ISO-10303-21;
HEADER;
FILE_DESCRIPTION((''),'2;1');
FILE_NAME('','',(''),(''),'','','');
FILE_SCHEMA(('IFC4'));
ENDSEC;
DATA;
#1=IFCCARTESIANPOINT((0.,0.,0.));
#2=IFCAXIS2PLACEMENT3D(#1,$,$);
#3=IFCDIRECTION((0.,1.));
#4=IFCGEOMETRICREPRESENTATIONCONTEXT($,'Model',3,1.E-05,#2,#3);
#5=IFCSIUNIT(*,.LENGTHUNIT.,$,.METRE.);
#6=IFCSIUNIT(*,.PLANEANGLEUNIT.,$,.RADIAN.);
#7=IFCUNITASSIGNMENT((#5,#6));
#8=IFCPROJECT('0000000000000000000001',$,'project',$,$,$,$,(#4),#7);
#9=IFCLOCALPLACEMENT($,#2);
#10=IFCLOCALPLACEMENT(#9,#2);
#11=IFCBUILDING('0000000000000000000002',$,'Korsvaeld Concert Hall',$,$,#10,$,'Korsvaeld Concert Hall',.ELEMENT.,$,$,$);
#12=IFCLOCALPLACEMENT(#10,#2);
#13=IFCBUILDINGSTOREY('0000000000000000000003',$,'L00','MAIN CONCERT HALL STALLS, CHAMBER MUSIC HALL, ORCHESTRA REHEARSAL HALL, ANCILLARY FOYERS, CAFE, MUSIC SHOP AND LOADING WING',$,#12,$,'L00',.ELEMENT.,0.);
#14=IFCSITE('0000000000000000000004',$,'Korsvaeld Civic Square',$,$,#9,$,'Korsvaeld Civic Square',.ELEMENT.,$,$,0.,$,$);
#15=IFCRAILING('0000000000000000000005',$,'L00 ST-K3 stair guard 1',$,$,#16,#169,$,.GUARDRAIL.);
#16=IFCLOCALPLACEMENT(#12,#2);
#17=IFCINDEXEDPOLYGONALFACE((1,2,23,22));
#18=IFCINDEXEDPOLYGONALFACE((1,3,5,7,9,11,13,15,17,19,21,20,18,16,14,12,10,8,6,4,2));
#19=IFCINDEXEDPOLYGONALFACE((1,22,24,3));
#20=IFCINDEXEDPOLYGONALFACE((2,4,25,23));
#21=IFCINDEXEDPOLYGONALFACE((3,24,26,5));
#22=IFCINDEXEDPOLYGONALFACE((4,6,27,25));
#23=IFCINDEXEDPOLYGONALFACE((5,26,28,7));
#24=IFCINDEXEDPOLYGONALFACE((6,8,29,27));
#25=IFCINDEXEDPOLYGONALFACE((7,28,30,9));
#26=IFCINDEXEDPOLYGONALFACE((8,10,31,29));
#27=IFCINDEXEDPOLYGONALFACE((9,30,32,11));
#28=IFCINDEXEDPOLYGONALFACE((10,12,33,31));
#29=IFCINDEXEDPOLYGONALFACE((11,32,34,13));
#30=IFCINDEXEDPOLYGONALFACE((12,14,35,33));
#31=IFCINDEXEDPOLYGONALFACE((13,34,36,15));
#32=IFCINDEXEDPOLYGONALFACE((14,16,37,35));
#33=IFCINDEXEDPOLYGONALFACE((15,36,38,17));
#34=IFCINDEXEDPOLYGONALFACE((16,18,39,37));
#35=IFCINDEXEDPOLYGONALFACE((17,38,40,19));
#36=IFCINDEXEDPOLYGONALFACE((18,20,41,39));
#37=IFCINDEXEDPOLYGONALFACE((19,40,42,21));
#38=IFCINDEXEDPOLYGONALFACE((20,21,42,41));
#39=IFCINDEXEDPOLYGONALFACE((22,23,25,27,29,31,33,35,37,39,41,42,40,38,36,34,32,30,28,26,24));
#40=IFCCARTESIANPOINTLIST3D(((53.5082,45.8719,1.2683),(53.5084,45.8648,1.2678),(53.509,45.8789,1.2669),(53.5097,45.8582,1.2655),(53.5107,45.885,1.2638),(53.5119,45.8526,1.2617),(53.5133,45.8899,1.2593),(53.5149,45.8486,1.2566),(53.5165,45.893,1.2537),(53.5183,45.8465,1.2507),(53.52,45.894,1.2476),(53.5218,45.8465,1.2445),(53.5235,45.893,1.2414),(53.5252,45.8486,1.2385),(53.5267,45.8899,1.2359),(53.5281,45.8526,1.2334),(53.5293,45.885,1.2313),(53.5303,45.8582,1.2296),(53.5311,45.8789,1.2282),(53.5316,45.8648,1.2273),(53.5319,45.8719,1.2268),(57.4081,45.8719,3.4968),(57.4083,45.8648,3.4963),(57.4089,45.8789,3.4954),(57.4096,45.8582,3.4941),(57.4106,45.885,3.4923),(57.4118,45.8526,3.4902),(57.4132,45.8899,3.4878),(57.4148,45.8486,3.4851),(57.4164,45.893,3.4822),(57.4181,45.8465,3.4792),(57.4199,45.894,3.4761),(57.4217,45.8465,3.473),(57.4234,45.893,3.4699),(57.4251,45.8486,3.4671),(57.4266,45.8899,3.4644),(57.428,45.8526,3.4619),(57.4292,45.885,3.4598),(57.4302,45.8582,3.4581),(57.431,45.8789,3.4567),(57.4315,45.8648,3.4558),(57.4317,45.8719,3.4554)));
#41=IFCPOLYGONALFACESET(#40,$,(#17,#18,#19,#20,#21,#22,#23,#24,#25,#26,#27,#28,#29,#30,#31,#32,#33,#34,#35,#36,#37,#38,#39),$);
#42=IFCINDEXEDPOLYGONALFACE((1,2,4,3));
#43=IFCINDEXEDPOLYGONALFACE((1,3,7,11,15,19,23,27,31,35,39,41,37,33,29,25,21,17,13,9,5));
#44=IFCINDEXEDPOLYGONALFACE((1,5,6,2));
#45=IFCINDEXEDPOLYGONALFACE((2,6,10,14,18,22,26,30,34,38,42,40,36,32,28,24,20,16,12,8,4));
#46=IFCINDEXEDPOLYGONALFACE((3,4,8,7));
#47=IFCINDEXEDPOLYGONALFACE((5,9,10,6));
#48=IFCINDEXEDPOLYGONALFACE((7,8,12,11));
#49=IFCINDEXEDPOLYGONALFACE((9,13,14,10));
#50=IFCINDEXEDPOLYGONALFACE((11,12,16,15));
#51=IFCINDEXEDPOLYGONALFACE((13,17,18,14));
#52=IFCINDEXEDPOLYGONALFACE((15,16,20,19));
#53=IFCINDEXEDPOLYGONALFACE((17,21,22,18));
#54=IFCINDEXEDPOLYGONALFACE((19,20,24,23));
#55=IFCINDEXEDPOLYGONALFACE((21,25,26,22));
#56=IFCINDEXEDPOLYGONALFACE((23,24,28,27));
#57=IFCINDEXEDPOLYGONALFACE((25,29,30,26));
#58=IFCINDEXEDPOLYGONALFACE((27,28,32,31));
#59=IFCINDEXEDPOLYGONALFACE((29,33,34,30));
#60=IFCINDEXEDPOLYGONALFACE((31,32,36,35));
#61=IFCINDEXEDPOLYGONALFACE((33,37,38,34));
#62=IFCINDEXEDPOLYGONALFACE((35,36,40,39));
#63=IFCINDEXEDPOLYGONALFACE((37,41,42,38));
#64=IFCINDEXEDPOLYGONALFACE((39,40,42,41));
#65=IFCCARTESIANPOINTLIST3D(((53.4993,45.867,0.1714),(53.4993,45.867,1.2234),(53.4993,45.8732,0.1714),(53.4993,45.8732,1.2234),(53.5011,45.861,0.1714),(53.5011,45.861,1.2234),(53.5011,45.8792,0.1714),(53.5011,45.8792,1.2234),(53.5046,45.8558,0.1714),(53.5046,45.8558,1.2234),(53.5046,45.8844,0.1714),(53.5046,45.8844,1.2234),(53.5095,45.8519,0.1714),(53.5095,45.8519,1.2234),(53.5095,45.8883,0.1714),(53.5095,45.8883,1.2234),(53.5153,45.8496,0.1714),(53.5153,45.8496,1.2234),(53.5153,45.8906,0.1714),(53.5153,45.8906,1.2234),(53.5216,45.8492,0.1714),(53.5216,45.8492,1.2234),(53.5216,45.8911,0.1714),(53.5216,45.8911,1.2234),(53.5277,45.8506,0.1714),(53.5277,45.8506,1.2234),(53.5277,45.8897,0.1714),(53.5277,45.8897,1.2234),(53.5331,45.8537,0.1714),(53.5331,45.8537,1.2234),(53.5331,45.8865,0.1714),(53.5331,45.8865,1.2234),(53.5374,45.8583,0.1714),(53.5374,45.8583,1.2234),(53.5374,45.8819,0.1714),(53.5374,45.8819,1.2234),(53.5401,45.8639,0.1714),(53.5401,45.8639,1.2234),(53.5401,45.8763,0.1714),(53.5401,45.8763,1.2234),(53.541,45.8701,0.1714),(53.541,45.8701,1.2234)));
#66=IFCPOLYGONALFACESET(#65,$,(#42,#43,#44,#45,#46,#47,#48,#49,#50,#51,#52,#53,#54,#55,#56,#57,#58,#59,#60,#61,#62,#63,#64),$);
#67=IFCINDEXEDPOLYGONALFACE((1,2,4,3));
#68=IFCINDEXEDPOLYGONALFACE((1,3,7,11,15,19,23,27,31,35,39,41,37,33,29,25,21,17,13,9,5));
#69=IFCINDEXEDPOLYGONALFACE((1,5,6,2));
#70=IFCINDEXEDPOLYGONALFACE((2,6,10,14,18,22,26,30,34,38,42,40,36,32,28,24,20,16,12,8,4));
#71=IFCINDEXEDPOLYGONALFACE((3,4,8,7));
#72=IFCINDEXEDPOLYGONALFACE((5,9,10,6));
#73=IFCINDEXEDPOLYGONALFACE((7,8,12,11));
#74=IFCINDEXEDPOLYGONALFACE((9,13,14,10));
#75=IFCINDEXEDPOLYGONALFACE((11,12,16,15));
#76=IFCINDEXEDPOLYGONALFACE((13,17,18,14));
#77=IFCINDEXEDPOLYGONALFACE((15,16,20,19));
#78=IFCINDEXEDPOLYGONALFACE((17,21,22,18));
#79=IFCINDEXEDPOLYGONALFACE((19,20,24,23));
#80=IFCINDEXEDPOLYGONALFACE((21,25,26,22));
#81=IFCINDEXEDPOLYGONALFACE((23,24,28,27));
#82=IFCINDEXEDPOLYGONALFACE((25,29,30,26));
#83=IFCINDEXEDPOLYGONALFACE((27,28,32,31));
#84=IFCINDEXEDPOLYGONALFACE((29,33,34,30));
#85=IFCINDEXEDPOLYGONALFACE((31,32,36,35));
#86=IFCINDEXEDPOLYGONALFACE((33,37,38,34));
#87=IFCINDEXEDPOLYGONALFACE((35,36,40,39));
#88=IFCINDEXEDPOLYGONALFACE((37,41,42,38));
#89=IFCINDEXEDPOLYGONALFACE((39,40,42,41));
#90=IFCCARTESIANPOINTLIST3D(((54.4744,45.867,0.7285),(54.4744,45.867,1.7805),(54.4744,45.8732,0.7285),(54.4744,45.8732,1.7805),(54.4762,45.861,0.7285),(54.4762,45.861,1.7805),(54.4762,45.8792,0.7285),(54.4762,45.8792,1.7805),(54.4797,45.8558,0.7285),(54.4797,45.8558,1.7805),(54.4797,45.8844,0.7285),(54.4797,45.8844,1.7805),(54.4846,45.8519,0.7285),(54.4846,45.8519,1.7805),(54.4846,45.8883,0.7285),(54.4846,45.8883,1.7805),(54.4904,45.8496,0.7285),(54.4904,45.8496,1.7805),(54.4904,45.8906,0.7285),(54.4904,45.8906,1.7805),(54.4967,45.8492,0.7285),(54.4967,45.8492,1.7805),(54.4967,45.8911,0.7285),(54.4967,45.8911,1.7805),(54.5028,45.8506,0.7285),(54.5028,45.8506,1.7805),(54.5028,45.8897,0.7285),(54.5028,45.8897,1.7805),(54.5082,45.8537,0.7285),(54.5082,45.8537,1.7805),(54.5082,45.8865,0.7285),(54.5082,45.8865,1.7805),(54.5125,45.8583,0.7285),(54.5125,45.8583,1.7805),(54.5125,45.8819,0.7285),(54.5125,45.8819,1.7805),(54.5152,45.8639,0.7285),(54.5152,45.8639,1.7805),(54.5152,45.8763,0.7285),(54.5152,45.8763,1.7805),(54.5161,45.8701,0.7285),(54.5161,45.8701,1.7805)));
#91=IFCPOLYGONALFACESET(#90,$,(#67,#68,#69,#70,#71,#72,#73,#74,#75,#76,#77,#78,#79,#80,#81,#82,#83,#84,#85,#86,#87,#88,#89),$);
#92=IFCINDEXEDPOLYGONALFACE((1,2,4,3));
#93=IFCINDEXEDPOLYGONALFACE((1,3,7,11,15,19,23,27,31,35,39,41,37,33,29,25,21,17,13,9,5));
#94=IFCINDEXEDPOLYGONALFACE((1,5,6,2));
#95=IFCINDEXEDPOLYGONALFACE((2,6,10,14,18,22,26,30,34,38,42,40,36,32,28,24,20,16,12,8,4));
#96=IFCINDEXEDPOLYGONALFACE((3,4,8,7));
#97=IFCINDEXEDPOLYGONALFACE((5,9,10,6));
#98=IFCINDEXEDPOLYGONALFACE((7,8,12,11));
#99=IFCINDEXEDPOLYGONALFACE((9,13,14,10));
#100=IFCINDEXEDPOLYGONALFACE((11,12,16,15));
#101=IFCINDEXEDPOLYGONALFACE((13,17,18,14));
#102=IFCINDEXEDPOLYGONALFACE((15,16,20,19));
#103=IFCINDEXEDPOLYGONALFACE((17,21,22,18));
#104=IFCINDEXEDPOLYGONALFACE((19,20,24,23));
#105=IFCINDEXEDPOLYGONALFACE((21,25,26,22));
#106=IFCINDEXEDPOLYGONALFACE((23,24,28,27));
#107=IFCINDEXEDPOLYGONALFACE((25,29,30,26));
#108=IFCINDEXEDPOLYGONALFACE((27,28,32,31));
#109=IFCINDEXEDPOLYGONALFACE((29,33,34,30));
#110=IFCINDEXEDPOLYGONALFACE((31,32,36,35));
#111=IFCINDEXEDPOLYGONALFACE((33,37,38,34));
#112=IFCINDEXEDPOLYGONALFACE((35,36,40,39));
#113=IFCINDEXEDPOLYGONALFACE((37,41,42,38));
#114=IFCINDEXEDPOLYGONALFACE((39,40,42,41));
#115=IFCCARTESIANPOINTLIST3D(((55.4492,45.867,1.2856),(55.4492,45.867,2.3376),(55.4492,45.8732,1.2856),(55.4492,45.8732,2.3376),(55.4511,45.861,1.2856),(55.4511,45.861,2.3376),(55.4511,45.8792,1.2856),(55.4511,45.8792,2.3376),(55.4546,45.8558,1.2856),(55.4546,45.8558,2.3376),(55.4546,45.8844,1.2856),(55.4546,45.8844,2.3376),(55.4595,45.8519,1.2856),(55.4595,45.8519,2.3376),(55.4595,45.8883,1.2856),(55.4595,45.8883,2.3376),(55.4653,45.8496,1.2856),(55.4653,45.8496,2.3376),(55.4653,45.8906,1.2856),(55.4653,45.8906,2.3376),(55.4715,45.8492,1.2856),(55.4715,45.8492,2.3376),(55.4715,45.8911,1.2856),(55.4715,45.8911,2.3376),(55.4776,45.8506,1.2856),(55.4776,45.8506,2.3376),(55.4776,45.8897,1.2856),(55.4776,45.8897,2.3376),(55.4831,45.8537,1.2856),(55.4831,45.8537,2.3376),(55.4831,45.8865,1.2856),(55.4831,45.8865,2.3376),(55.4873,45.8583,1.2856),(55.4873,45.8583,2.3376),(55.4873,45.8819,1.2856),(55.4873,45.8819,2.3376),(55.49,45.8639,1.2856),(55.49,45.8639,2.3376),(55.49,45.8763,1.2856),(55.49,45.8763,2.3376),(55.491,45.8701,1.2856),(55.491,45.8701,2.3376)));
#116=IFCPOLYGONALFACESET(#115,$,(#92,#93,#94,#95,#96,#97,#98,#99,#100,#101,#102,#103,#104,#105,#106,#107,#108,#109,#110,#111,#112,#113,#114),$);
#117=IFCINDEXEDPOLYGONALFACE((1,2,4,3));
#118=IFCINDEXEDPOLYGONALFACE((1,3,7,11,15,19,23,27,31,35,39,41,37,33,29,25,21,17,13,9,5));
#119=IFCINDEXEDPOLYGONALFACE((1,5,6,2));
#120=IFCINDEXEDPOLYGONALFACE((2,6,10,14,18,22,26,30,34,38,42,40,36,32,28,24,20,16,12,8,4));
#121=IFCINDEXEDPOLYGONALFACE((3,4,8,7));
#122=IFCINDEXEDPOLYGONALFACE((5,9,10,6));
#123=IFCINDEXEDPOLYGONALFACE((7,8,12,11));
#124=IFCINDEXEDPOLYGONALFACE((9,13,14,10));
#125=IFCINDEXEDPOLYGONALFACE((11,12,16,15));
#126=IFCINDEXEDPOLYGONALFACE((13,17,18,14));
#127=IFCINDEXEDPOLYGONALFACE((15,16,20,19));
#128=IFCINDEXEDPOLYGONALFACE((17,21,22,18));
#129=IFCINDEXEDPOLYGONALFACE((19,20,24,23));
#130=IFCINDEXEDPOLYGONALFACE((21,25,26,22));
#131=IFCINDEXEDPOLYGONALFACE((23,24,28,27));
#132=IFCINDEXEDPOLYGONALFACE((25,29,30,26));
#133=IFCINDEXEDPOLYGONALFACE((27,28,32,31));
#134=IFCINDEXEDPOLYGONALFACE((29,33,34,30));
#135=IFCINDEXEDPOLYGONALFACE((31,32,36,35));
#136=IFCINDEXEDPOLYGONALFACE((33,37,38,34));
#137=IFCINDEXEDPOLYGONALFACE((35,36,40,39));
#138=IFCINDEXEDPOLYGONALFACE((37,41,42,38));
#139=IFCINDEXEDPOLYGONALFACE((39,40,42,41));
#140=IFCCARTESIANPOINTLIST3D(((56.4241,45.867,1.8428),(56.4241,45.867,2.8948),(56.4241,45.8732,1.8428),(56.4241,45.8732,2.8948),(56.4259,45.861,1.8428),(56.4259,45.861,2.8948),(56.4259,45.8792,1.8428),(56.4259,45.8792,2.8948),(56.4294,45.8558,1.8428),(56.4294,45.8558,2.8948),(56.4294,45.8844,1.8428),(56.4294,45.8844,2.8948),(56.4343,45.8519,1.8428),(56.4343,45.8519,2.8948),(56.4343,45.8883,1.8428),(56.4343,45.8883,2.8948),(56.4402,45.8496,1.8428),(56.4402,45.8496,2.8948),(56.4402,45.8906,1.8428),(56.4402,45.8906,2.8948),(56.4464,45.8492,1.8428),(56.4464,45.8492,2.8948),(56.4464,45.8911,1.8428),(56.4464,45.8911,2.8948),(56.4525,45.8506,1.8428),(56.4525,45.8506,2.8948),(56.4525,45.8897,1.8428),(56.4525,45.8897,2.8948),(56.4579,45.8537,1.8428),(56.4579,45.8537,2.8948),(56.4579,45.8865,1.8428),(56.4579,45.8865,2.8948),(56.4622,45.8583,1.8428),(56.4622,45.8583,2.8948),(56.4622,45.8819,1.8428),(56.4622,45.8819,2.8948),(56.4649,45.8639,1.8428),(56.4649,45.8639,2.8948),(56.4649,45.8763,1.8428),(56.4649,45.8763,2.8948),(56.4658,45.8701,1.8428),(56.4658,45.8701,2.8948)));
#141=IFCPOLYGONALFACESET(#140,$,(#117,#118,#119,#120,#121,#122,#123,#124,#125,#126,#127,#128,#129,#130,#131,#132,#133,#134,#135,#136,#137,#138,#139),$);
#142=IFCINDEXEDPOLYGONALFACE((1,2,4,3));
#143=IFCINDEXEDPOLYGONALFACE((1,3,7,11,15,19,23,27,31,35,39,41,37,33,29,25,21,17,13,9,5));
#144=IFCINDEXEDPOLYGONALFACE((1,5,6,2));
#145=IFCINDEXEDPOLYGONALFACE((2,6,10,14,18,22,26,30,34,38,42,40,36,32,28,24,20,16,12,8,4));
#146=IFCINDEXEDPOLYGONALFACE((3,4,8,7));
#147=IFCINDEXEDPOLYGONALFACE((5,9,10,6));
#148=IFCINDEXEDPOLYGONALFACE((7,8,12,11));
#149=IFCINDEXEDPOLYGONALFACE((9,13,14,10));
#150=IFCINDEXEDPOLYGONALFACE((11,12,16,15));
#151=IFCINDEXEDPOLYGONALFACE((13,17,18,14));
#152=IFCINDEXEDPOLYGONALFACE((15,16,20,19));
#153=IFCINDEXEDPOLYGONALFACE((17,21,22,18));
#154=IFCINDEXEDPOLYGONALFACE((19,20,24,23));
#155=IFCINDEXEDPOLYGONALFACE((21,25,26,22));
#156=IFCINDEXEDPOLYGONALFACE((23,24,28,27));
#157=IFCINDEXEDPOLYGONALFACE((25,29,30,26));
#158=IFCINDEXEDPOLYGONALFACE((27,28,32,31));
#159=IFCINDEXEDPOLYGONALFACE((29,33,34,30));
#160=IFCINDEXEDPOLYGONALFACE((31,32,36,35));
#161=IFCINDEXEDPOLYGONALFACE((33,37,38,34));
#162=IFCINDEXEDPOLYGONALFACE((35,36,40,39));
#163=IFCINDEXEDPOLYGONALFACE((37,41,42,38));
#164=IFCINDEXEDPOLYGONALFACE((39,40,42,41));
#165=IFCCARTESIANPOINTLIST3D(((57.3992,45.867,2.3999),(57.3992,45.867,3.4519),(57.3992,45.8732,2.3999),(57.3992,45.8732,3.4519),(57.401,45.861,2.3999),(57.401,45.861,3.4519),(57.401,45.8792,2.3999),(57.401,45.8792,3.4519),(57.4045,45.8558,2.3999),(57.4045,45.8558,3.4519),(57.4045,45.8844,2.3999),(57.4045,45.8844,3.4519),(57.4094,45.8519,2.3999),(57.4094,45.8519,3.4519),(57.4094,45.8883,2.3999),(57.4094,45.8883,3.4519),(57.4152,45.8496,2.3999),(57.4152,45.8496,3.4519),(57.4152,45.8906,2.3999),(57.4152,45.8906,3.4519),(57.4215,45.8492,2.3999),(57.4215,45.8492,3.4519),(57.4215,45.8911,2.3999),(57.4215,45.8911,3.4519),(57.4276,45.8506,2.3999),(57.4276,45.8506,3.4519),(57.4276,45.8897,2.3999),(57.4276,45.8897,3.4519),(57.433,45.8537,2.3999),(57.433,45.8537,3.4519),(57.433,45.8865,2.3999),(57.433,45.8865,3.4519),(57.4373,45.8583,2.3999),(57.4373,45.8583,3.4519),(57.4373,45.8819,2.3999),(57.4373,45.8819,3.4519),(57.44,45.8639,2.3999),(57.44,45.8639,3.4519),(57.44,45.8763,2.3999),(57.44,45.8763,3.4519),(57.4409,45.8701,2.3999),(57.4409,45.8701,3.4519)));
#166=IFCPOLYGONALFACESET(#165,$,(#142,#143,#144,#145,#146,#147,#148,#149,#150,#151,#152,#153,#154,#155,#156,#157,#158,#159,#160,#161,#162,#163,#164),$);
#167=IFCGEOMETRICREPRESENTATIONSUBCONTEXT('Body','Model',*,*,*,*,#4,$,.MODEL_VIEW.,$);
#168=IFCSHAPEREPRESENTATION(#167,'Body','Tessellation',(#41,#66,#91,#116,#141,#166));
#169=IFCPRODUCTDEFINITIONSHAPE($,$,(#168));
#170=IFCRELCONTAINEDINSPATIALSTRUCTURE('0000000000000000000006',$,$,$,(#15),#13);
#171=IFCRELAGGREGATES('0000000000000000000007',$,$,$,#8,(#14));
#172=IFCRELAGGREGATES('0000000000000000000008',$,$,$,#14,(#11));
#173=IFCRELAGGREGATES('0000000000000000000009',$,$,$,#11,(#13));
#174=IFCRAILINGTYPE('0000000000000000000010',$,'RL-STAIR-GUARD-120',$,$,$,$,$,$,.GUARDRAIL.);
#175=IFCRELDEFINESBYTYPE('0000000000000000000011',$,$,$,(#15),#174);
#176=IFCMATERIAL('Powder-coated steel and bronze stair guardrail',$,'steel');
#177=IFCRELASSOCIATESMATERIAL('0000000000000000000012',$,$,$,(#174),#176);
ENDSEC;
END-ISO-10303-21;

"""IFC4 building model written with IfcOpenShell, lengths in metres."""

from ifc_helpers import new_model, si_unit, direction, frame, origin, origin_2d, place, context, subcontext, project, spatial, circle, extrude, material, type_object, element, save


model = new_model("IFC4")

# Units and contexts
model_context = context("Model", 3, precision=1e-05, world=origin(), true_north=direction((0.0, 1.0)))
body_context = subcontext(model_context, "Body", "Model", "MODEL_VIEW")
ifc_project = project(units=[si_unit("LENGTHUNIT", "METRE"), si_unit("PLANEANGLEUNIT", "RADIAN")], contexts=[model_context])

# Site, building, storey
site_placement = place(None, origin())
site = spatial("IfcSite", under=ifc_project, at=site_placement, Name="Korsvaeld Civic Square", LongName="Korsvaeld Civic Square", CompositionType="ELEMENT", RefElevation=0.0)
building_placement = place(site_placement, origin())
building = spatial("IfcBuilding", under=site, at=building_placement, Name="Korsvaeld Concert Hall", LongName="Korsvaeld Concert Hall", CompositionType="ELEMENT")
storey_placement = place(building_placement, origin())
storey = spatial("IfcBuildingStorey", under=building, at=storey_placement, Name="L00", Description="MAIN CONCERT HALL STALLS, CHAMBER MUSIC HALL, ORCHESTRA REHEARSAL HALL, ANCILLARY FOYERS, CAFE, MUSIC SHOP AND LOADING WING", LongName="L00", CompositionType="ELEMENT", Elevation=0.0)

# Railing
ifc_material_1 = material(Name="Powder-coated steel and bronze stair guardrail", Category="steel")
railing_type_1 = type_object("IfcRailingType", Name="RL-STAIR-GUARD-120", PredefinedType="GUARDRAIL", material=ifc_material_1)
railing_1_placement = place(storey_placement, frame((53.52, 45.8701, 0.1714)))
element("IfcRailing", 1, at=railing_1_placement, inside=storey, type_object=railing_type_1, Name="L00 ST-K3 stair guard 1", PredefinedType="GUARDRAIL", context=body_context, shape_type="SweptSolid", body=[
    extrude(circle(Radius=0.0239, at=origin_2d()), frame((0.0, 0.0, 1.0762), z_axis=(0.868243, 0.0, 0.496139), x_axis=(0.0, 1.0, 0.0)), (0.0, 0.0, 1.0), 4.4917),
    extrude(circle(Radius=0.021, at=origin_2d()), origin(), (0.0, 0.0, 1.0), 1.052),
    extrude(circle(Radius=0.021, at=origin_2d()), frame((0.9751, 0.0, 0.5571)), (0.0, 0.0, 1.0), 1.052),
    extrude(circle(Radius=0.021, at=origin_2d()), frame((1.95, 0.0, 1.1143)), (0.0, 0.0, 1.0), 1.052),
    extrude(circle(Radius=0.021, at=origin_2d()), frame((2.9248, 0.0, 1.6714)), (0.0, 0.0, 1.0), 1.052),
    extrude(circle(Radius=0.021, at=origin_2d()), frame((3.8999, 0.0, 2.2285)), (0.0, 0.0, 1.0), 1.052),
])

save(model, "model.ifc")
